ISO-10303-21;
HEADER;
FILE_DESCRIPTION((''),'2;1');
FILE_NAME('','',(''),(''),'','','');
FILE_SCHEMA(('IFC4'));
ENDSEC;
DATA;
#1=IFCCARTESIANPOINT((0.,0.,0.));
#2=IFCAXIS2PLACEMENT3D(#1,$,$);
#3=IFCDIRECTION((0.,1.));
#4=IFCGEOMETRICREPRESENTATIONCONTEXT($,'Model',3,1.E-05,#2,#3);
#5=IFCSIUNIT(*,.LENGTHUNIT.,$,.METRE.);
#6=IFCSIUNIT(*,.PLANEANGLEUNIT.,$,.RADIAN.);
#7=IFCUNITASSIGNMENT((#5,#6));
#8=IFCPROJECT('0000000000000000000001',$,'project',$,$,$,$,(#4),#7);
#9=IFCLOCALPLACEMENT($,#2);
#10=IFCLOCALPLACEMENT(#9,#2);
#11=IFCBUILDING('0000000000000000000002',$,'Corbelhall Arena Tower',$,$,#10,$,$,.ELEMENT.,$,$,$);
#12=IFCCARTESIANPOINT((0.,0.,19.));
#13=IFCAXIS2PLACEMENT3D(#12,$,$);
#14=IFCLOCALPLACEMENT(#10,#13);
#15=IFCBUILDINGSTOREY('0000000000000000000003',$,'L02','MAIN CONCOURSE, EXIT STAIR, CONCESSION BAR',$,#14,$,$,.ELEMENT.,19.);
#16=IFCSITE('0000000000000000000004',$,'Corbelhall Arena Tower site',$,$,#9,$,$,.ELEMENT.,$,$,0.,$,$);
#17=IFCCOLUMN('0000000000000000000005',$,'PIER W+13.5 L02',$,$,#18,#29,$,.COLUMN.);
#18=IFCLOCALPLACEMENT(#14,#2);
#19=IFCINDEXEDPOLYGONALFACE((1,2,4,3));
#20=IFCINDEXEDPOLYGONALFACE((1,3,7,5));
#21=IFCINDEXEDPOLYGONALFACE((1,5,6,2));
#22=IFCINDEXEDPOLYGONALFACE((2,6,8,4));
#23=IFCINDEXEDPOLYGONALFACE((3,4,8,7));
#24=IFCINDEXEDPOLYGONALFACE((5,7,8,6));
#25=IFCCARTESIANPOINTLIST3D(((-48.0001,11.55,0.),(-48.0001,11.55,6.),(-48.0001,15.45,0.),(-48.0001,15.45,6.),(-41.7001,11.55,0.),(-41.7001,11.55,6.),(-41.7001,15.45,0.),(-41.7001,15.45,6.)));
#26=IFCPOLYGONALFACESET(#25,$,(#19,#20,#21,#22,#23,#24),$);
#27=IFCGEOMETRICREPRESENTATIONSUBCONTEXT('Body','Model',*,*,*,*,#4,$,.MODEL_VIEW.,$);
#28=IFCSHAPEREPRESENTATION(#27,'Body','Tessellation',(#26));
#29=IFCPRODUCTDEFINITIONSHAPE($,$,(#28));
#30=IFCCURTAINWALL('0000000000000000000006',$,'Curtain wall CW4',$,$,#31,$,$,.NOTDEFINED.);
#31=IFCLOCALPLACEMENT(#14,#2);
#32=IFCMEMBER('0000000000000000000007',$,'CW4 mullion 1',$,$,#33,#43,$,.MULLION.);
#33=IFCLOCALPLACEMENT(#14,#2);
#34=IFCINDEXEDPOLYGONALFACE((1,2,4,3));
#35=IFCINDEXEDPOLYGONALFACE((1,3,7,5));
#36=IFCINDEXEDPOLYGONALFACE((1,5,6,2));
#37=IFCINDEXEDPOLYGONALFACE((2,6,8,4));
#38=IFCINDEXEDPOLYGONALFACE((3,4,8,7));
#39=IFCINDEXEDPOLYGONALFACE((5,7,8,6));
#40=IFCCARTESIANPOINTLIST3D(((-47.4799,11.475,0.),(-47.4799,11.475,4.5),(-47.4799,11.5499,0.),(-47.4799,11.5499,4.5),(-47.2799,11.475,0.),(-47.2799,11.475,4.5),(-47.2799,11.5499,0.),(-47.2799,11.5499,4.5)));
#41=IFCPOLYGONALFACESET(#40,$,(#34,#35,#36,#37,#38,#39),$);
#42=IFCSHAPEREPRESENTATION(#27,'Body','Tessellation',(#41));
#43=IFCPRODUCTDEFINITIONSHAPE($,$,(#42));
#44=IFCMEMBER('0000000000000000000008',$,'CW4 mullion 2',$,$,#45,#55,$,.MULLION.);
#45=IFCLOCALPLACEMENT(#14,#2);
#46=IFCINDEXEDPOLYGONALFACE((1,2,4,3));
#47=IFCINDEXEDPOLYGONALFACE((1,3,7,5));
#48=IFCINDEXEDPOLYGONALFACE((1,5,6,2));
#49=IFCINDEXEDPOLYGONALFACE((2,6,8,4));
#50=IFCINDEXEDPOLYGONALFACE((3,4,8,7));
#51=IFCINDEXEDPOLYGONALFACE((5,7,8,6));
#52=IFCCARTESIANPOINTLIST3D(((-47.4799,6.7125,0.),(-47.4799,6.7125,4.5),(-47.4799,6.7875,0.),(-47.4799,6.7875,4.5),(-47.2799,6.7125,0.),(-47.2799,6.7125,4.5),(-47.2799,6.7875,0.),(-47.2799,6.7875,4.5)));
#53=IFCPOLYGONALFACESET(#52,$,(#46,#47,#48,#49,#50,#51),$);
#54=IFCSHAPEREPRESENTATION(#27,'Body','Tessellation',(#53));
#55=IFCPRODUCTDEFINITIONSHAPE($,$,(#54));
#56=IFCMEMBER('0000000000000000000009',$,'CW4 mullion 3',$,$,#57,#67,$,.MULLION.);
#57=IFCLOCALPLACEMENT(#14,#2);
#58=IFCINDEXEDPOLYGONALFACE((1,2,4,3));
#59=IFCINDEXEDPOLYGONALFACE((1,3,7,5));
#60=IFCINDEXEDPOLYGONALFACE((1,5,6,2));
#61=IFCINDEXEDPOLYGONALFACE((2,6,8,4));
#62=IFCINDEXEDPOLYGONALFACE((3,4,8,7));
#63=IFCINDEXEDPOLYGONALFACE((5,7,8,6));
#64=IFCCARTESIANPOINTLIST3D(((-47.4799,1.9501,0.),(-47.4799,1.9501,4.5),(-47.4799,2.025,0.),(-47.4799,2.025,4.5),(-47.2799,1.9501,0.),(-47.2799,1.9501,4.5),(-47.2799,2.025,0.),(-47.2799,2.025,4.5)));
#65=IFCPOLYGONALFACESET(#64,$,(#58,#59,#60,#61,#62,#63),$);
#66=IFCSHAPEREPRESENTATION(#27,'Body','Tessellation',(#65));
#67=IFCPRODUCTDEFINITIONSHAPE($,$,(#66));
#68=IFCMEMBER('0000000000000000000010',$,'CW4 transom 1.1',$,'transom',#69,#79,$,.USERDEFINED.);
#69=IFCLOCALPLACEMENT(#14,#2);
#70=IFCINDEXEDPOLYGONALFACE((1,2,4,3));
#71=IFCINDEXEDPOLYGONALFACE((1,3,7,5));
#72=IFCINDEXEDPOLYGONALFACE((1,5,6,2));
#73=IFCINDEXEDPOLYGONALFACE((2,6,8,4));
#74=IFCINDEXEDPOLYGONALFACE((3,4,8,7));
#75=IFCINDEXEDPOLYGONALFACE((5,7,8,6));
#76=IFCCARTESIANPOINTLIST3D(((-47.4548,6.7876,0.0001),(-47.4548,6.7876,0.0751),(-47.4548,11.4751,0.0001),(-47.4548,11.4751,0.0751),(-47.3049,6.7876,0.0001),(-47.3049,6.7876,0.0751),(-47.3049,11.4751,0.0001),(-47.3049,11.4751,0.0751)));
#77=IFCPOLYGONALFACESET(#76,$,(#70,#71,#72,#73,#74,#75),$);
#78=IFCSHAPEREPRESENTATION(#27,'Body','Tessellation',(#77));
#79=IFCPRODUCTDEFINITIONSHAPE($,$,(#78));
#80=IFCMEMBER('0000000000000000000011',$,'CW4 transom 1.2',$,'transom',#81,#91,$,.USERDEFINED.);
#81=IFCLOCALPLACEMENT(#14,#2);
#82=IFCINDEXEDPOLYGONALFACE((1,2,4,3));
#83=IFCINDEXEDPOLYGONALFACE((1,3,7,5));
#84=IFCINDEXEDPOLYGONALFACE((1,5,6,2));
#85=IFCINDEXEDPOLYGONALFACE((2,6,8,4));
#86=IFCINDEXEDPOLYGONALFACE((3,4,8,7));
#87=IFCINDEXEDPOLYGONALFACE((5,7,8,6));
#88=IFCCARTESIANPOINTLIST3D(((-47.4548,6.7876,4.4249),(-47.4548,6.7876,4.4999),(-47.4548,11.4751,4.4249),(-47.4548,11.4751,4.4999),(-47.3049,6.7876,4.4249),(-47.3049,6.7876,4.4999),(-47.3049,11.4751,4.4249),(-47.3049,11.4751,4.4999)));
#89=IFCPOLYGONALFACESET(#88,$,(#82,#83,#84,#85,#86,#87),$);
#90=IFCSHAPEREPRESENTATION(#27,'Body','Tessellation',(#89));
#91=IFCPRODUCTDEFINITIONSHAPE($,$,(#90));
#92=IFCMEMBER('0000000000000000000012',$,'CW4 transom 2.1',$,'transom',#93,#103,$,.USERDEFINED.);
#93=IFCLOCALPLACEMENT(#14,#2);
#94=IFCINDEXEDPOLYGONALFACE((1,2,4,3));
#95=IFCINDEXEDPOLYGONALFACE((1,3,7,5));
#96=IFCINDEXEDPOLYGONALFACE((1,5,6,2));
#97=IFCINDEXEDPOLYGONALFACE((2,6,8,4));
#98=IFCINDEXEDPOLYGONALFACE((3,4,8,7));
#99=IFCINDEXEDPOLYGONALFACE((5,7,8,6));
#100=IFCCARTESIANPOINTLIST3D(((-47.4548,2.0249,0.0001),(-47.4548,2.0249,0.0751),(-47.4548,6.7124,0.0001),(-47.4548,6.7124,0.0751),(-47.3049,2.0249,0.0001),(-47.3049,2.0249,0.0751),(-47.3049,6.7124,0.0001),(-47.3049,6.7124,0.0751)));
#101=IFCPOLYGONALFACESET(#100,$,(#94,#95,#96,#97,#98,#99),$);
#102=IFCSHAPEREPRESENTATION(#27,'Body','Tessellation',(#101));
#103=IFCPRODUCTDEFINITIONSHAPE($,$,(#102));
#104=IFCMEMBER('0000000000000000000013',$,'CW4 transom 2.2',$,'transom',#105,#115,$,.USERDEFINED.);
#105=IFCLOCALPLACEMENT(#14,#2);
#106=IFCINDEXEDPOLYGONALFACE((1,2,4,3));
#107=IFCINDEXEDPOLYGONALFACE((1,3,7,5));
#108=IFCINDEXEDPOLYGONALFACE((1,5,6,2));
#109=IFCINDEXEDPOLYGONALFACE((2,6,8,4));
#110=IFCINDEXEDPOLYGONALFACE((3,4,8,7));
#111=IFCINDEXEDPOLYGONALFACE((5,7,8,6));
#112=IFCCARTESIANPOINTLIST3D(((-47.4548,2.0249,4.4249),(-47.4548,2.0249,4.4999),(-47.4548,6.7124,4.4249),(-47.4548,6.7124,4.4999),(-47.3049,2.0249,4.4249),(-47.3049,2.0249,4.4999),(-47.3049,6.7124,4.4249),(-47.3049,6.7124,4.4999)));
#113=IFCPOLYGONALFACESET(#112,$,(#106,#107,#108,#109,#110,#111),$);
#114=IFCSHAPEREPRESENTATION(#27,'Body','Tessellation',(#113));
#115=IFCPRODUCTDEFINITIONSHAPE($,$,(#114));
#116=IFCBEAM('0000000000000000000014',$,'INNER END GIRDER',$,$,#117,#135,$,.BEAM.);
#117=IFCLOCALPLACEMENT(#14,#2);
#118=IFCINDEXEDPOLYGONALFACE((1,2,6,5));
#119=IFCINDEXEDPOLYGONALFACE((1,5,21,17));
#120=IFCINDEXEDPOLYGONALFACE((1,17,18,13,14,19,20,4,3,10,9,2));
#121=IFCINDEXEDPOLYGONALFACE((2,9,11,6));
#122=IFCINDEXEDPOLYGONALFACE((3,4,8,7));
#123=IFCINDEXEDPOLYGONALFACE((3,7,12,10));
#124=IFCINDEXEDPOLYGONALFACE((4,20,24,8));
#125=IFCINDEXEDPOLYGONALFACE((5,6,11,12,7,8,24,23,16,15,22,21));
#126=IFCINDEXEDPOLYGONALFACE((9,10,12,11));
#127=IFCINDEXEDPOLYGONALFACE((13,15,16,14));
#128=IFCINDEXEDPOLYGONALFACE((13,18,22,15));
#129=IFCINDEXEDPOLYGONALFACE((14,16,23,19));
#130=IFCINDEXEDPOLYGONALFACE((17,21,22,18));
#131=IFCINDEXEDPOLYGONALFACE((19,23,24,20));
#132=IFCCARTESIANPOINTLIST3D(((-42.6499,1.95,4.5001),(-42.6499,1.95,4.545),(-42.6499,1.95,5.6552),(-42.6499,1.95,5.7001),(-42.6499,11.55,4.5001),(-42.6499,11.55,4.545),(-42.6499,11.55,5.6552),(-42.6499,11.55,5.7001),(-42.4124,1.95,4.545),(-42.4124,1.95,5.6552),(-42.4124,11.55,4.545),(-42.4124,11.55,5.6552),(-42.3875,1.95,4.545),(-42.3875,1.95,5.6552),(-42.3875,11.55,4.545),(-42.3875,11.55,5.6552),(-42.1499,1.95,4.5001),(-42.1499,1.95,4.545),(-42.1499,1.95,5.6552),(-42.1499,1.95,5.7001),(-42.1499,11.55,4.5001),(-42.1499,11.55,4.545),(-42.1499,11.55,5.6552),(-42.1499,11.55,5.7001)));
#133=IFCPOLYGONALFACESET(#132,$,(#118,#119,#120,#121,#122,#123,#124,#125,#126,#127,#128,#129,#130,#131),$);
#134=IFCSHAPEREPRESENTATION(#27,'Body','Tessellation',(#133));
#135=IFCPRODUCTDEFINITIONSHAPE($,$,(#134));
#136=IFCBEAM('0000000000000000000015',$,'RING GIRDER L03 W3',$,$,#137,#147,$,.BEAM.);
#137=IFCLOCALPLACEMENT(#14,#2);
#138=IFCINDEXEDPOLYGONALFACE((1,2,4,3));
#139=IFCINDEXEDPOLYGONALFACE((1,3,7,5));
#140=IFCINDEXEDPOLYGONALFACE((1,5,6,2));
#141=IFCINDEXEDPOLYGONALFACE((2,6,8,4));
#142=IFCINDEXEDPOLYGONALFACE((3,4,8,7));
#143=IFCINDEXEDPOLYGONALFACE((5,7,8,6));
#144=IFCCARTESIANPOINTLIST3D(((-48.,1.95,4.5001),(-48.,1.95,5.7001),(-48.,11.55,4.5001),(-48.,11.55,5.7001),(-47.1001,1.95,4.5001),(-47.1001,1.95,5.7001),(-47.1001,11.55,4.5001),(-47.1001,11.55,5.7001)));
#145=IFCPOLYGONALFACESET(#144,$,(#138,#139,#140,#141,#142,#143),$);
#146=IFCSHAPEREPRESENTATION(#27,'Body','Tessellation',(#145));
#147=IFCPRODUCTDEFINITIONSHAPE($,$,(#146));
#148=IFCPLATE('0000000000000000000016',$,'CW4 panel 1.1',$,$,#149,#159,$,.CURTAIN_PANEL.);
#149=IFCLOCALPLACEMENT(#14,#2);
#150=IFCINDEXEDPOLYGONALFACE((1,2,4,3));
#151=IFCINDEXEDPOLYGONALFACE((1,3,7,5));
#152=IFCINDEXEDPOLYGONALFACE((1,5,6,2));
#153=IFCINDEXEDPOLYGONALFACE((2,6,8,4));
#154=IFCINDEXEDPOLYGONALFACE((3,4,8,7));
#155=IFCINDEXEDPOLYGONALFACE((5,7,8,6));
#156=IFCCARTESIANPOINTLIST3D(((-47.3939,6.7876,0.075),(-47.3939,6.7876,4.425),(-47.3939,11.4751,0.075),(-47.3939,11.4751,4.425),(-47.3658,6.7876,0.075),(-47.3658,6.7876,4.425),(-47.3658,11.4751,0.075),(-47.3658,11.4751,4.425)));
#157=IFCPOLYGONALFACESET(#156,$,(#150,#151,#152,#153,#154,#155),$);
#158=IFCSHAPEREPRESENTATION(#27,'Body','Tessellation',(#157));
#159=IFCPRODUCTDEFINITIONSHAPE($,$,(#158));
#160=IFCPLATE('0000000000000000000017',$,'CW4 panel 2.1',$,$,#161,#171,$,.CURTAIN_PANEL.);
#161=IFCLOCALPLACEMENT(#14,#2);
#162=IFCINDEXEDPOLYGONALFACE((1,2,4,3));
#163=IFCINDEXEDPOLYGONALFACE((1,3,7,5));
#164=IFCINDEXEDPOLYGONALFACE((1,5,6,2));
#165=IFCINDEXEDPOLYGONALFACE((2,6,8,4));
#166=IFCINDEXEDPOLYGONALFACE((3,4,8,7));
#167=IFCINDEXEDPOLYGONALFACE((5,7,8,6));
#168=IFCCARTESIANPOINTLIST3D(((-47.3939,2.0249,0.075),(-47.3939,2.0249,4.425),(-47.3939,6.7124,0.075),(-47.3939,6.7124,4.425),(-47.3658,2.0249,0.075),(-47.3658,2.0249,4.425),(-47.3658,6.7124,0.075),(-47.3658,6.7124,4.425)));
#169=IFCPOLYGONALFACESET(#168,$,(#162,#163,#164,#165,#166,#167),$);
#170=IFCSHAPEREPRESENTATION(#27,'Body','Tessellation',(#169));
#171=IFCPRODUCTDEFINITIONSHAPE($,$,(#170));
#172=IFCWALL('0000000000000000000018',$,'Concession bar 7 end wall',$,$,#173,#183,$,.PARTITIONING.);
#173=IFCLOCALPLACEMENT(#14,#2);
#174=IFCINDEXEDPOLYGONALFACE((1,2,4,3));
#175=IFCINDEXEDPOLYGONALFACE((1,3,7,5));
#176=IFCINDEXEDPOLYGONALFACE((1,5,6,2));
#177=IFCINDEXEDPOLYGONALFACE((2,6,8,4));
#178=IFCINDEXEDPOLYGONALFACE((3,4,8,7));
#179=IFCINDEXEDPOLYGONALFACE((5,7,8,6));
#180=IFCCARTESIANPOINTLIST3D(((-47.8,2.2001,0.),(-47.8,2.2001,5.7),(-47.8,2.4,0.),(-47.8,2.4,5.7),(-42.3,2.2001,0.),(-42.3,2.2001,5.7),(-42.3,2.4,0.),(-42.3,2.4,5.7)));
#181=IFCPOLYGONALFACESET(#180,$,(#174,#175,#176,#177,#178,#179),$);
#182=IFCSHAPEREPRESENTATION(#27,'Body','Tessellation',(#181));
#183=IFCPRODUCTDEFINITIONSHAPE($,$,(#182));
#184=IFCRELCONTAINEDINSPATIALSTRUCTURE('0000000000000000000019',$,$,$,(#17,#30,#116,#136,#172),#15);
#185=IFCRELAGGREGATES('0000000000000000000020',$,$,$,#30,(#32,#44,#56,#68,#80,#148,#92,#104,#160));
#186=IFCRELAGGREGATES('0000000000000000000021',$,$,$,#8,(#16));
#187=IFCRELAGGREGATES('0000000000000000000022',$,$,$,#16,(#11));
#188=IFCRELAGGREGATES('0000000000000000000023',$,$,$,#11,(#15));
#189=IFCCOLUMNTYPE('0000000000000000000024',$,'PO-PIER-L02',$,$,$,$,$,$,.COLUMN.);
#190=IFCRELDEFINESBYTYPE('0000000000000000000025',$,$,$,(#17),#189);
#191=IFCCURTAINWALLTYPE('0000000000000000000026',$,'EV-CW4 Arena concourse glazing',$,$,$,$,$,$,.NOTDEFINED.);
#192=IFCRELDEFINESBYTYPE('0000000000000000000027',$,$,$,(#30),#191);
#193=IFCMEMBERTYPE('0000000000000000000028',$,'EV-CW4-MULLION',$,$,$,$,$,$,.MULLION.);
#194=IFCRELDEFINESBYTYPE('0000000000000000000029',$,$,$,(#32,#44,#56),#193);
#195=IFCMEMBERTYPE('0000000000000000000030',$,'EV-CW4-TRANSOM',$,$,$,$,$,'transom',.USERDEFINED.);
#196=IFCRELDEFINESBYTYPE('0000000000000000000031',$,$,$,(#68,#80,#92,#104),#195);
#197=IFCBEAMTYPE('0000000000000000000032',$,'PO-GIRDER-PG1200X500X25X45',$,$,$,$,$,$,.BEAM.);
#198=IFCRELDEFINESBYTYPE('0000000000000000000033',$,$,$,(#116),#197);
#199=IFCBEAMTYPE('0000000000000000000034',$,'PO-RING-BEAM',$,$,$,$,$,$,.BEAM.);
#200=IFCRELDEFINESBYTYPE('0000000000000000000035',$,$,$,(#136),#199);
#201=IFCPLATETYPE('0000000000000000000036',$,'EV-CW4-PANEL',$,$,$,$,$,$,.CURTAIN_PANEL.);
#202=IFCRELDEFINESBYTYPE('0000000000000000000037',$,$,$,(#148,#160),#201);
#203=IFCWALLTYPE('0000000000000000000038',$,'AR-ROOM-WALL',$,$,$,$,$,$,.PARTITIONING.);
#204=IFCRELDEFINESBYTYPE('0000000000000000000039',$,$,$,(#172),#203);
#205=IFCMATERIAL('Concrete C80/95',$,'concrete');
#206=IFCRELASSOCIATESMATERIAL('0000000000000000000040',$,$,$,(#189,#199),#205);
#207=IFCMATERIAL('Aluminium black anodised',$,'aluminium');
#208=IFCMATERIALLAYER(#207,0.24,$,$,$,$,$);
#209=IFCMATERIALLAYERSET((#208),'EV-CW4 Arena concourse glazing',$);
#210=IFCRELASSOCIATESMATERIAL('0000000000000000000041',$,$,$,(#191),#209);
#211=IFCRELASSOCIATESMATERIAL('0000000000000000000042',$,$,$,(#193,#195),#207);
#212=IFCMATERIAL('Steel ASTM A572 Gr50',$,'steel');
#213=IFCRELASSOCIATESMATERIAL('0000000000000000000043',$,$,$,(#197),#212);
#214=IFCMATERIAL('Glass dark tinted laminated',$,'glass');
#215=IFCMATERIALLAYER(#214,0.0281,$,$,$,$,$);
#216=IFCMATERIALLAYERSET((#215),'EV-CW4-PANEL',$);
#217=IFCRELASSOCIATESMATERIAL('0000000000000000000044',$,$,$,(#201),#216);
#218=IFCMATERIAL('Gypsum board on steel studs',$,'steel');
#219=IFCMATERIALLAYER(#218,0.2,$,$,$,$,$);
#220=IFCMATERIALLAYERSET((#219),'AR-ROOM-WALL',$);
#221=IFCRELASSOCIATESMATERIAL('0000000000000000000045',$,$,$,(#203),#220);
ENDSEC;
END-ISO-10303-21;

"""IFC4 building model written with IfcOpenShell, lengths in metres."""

from ifc_helpers import new_model, si_unit, direction, frame, frame_2d, origin, origin_2d, place, context, subcontext, project, spatial, rectangle, i_section, extrude, material, layer, layer_set, material_profile, profile_set, type_object, element, aggregate, save


model = new_model("IFC4")

# Units and contexts
model_context = context("Model", 3, precision=1e-05, world=origin(), true_north=direction((0.0, 1.0)))
body_context = subcontext(model_context, "Body", "Model", "MODEL_VIEW")
ifc_project = project(units=[si_unit("LENGTHUNIT", "METRE"), si_unit("PLANEANGLEUNIT", "RADIAN")], contexts=[model_context])

# Site, building, storey
site_placement = place(None, origin())
site = spatial("IfcSite", under=ifc_project, at=site_placement, Name="Corbelhall Arena Tower site", CompositionType="ELEMENT", RefElevation=0.0)
building_placement = place(site_placement, origin())
building = spatial("IfcBuilding", under=site, at=building_placement, Name="Corbelhall Arena Tower", CompositionType="ELEMENT")
storey_placement = place(building_placement, frame((0.0, 0.0, 19.0)))
storey = spatial("IfcBuildingStorey", under=building, at=storey_placement, Name="L02", Description="MAIN CONCOURSE, EXIT STAIR, CONCESSION BAR", CompositionType="ELEMENT", Elevation=19.0)

# Column
ifc_material_1 = material(Name="Concrete C80/95", Category="concrete")
ifc_material_profile_1 = material_profile(ifc_material_1, rectangle(XDim=3.8999, YDim=6.3, at=origin_2d()))
ifc_profile_set_1 = profile_set([ifc_material_profile_1], Name="Concrete C80/95")
column_type = type_object("IfcColumnType", Name="PO-PIER-L02", PredefinedType="COLUMN", material=ifc_profile_set_1)
column_placement = place(storey_placement, frame((-44.8501, 13.5, 0.0), z_axis=(0.0, 0.0, 1.0), x_axis=(0.0, 1.0, 0.0)))
element("IfcColumn", 1, at=column_placement, inside=storey, type_object=column_type, Name="PIER W+13.5 L02", PredefinedType="COLUMN", context=body_context, shape_type="SweptSolid", body=[
    extrude(rectangle(XDim=3.8999, YDim=6.3, at=origin_2d()), origin(), (0.0, 0.0, 1.0), 6.0),
])

# Curtain wall, members
ifc_material_2 = material(Name="Aluminium black anodised", Category="aluminium")
ifc_layer_1 = layer(ifc_material_2, 0.24)
ifc_layer_set_1 = layer_set([ifc_layer_1], Name="EV-CW4 Arena concourse glazing")
curtain_wall_type = type_object("IfcCurtainWallType", Name="EV-CW4 Arena concourse glazing", PredefinedType="NOTDEFINED", material=ifc_layer_set_1)
curtain_wall_placement = place(storey_placement, origin())
curtain_wall = element("IfcCurtainWall", 2, at=curtain_wall_placement, inside=storey, type_object=curtain_wall_type, Name="Curtain wall CW4", PredefinedType="NOTDEFINED")
ifc_material_profile_2 = material_profile(ifc_material_2, rectangle(XDim=0.2, YDim=0.075, at=origin_2d()))
ifc_profile_set_2 = profile_set([ifc_material_profile_2], Name="Aluminium black anodised")
member_type_1 = type_object("IfcMemberType", Name="EV-CW4-MULLION", PredefinedType="MULLION", material=ifc_profile_set_2)
member_1_placement = place(storey_placement, frame((-47.3799, 11.5125, 0.0), z_axis=(0.0, 0.0, 1.0), x_axis=(1.0, 0.0, 0.0)))
member_1 = element("IfcMember", 3, at=member_1_placement, type_object=member_type_1, Name="CW4 mullion 1", PredefinedType="MULLION", context=body_context, shape_type="SweptSolid", body=[
    extrude(rectangle(XDim=0.2, YDim=0.075, at=origin_2d()), origin(), (0.0, 0.0, 1.0), 4.5),
])
member_2_placement = place(storey_placement, frame((-47.3799, 6.75, 0.0), z_axis=(0.0, 0.0, 1.0), x_axis=(1.0, 0.0, 0.0)))
member_2 = element("IfcMember", 4, at=member_2_placement, type_object=member_type_1, Name="CW4 mullion 2", PredefinedType="MULLION", context=body_context, shape_type="SweptSolid", body=[
    extrude(rectangle(XDim=0.2, YDim=0.075, at=origin_2d()), origin(), (0.0, 0.0, 1.0), 4.5),
])
member_3_placement = place(storey_placement, frame((-47.3799, 1.9875, 0.0), z_axis=(0.0, 0.0, 1.0), x_axis=(1.0, 0.0, 0.0)))
member_3 = element("IfcMember", 5, at=member_3_placement, type_object=member_type_1, Name="CW4 mullion 3", PredefinedType="MULLION", context=body_context, shape_type="SweptSolid", body=[
    extrude(rectangle(XDim=0.2, YDim=0.075, at=origin_2d()), origin(), (0.0, 0.0, 1.0), 4.5),
])
ifc_material_profile_3 = material_profile(ifc_material_2, rectangle(XDim=0.1499, YDim=0.075, at=origin_2d()))
ifc_profile_set_3 = profile_set([ifc_material_profile_3], Name="Aluminium black anodised")
member_type_2 = type_object("IfcMemberType", Name="EV-CW4-TRANSOM", ElementType="transom", PredefinedType="USERDEFINED", material=ifc_profile_set_3)
member_4_placement = place(storey_placement, frame((-47.3799, 11.4751, 0.0376), z_axis=(0.0, -1.0, 0.0), x_axis=(1.0, 0.0, 0.0)))
member_4 = element("IfcMember", 6, at=member_4_placement, type_object=member_type_2, Name="CW4 transom 1.1", ObjectType="transom", PredefinedType="USERDEFINED", context=body_context, shape_type="SweptSolid", body=[
    extrude(rectangle(XDim=0.1499, YDim=0.075, at=origin_2d()), origin(), (0.0, 0.0, 1.0), 4.6875),
])
member_5_placement = place(storey_placement, frame((-47.3799, 11.4751, 4.4624), z_axis=(0.0, -1.0, 0.0), x_axis=(1.0, 0.0, 0.0)))
member_5 = element("IfcMember", 7, at=member_5_placement, type_object=member_type_2, Name="CW4 transom 1.2", ObjectType="transom", PredefinedType="USERDEFINED", context=body_context, shape_type="SweptSolid", body=[
    extrude(rectangle(XDim=0.1499, YDim=0.075, at=origin_2d()), origin(), (0.0, 0.0, 1.0), 4.6875),
])
member_6_placement = place(storey_placement, frame((-47.3799, 6.7124, 0.0376), z_axis=(0.0, -1.0, 0.0), x_axis=(1.0, 0.0, 0.0)))
member_6 = element("IfcMember", 8, at=member_6_placement, type_object=member_type_2, Name="CW4 transom 2.1", ObjectType="transom", PredefinedType="USERDEFINED", context=body_context, shape_type="SweptSolid", body=[
    extrude(rectangle(XDim=0.1499, YDim=0.075, at=origin_2d()), origin(), (0.0, 0.0, 1.0), 4.6875),
])
member_7_placement = place(storey_placement, frame((-47.3799, 6.7124, 4.4624), z_axis=(0.0, -1.0, 0.0), x_axis=(1.0, 0.0, 0.0)))
member_7 = element("IfcMember", 9, at=member_7_placement, type_object=member_type_2, Name="CW4 transom 2.2", ObjectType="transom", PredefinedType="USERDEFINED", context=body_context, shape_type="SweptSolid", body=[
    extrude(rectangle(XDim=0.1499, YDim=0.075, at=origin_2d()), origin(), (0.0, 0.0, 1.0), 4.6875),
])

# Beams
ifc_material_3 = material(Name="Steel ASTM A572 Gr50", Category="steel")
ifc_material_profile_4 = material_profile(ifc_material_3, i_section(OverallWidth=0.5, OverallDepth=1.2, WebThickness=0.0249, FlangeThickness=0.0449, at=origin_2d()))
ifc_profile_set_4 = profile_set([ifc_material_profile_4], Name="Steel ASTM A572 Gr50")
beam_type_1 = type_object("IfcBeamType", Name="PO-GIRDER-PG1200X500X25X45", PredefinedType="BEAM", material=ifc_profile_set_4)
beam_1_placement = place(storey_placement, frame((-42.3999, 1.95, 5.1001), z_axis=(0.0, 1.0, 0.0), x_axis=(-1.0, 0.0, 0.0)))
element("IfcBeam", 10, at=beam_1_placement, inside=storey, type_object=beam_type_1, Name="INNER END GIRDER", PredefinedType="BEAM", context=body_context, shape_type="SweptSolid", body=[
    extrude(i_section(OverallWidth=0.5, OverallDepth=1.2, WebThickness=0.0249, FlangeThickness=0.0449, at=origin_2d()), origin(), (0.0, 0.0, 1.0), 9.6001),
])
ifc_material_profile_5 = material_profile(ifc_material_1, rectangle(XDim=0.8999, YDim=1.2, at=origin_2d()))
ifc_profile_set_5 = profile_set([ifc_material_profile_5], Name="Concrete C80/95")
beam_type_2 = type_object("IfcBeamType", Name="PO-RING-BEAM", PredefinedType="BEAM", material=ifc_profile_set_5)
beam_2_placement = place(storey_placement, frame((-47.55, 1.95, 5.1001), z_axis=(0.0, 1.0, 0.0), x_axis=(-1.0, 0.0, 0.0)))
element("IfcBeam", 11, at=beam_2_placement, inside=storey, type_object=beam_type_2, Name="RING GIRDER L03 W3", PredefinedType="BEAM", context=body_context, shape_type="SweptSolid", body=[
    extrude(rectangle(XDim=0.8999, YDim=1.2, at=origin_2d()), origin(), (0.0, 0.0, 1.0), 9.6001),
])

# Plates
ifc_material_4 = material(Name="Glass dark tinted laminated", Category="glass")
ifc_layer_2 = layer(ifc_material_4, 0.0281)
ifc_layer_set_2 = layer_set([ifc_layer_2], Name="EV-CW4-PANEL")
plate_type = type_object("IfcPlateType", Name="EV-CW4-PANEL", PredefinedType="CURTAIN_PANEL", material=ifc_layer_set_2)
plate_1_placement = place(storey_placement, frame((-47.3799, 9.1313, 0.075), z_axis=(0.0, 0.0, 1.0), x_axis=(0.0, -1.0, 0.0)))
plate_1 = element("IfcPlate", 12, at=plate_1_placement, type_object=plate_type, Name="CW4 panel 1.1", PredefinedType="CURTAIN_PANEL", context=body_context, shape_type="SweptSolid", body=[
    extrude(rectangle(XDim=4.6875, YDim=0.0281, at=origin_2d()), origin(), (0.0, 0.0, 1.0), 4.3501),
])
plate_2_placement = place(storey_placement, frame((-47.3799, 4.3687, 0.075), z_axis=(0.0, 0.0, 1.0), x_axis=(0.0, -1.0, 0.0)))
plate_2 = element("IfcPlate", 13, at=plate_2_placement, type_object=plate_type, Name="CW4 panel 2.1", PredefinedType="CURTAIN_PANEL", context=body_context, shape_type="SweptSolid", body=[
    extrude(rectangle(XDim=4.6875, YDim=0.0281, at=origin_2d()), origin(), (0.0, 0.0, 1.0), 4.3501),
])
aggregate(curtain_wall, [member_1, member_2, member_3, member_4, member_5, plate_1, member_6, member_7, plate_2])

# Wall
ifc_material_5 = material(Name="Gypsum board on steel studs", Category="steel")
ifc_layer_3 = layer(ifc_material_5, 0.2)
ifc_layer_set_3 = layer_set([ifc_layer_3], Name="AR-ROOM-WALL")
wall_type_1 = type_object("IfcWallType", Name="AR-ROOM-WALL", PredefinedType="PARTITIONING", material=ifc_layer_set_3)
for number, where, z_axis, x_axis, name in (
    (14, (-42.3, 2.3, 0.0), (0.0, 0.0, 1.0), (-1.0, 0.0, 0.0), "Concession bar 7 end wall"),
):
    element("IfcWall", number, at=place(storey_placement, frame(where, z_axis=z_axis, x_axis=x_axis)), inside=storey, type_object=wall_type_1, Name=name, PredefinedType="PARTITIONING", context=body_context, shape_type="SweptSolid", body=[
        extrude(rectangle(XDim=5.5, YDim=0.2, at=frame_2d((2.75, 0.0))), origin(), (0.0, 0.0, 1.0), 5.7),
    ])

save(model, "model.ifc")
